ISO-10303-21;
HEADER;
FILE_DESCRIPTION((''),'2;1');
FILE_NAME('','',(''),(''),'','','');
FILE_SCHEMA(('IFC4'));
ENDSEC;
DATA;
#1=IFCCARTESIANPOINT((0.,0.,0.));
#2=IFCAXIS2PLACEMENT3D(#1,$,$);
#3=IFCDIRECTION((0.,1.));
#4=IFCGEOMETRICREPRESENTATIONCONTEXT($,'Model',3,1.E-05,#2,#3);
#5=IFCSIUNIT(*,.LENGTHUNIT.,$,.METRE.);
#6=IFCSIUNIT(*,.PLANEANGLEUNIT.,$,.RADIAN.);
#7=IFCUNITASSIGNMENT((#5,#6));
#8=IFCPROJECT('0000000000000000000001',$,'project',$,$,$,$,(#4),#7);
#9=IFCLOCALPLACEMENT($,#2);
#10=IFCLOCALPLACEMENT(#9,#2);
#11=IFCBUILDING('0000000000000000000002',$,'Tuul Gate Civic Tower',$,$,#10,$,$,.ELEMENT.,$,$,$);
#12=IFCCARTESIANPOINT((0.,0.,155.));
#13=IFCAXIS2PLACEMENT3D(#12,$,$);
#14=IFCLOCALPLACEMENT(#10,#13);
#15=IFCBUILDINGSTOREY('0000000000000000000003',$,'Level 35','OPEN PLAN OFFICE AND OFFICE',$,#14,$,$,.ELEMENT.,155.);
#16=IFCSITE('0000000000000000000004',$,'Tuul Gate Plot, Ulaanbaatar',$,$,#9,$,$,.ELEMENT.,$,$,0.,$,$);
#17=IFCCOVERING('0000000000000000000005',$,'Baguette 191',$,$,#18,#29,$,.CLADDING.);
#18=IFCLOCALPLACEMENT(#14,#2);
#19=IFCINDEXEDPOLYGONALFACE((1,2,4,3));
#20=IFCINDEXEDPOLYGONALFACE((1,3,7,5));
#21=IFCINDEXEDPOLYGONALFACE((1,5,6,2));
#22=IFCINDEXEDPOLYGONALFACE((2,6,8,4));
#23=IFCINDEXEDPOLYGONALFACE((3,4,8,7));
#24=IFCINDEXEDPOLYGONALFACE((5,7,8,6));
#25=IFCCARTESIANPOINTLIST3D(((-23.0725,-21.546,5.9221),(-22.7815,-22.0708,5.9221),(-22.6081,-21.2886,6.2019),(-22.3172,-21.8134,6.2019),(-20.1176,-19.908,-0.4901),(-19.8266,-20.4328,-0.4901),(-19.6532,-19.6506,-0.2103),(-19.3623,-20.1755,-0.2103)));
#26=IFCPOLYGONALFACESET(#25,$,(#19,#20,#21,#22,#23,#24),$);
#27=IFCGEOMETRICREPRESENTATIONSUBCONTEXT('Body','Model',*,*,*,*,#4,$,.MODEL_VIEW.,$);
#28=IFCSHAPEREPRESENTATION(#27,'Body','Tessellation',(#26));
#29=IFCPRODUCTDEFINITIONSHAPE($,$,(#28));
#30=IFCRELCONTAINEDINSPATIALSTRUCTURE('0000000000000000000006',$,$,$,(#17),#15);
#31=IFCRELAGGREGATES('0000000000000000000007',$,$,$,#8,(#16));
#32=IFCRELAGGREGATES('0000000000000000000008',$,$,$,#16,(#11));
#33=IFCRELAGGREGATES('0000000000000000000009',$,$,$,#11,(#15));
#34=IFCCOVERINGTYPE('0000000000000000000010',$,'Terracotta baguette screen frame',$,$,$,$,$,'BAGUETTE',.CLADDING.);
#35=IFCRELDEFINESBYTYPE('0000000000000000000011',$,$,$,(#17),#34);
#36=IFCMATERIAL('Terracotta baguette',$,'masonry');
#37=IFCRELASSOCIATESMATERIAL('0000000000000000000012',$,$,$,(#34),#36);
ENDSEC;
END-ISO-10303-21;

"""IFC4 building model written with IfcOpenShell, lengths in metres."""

from ifc_helpers import new_model, si_unit, direction, frame, origin, origin_2d, place, context, subcontext, project, spatial, rectangle, extrude, material, material_profile, profile_set, type_object, element, save


model = new_model("IFC4")

# Units and contexts
model_context = context("Model", 3, precision=1e-05, world=origin(), true_north=direction((0.0, 1.0)))
body_context = subcontext(model_context, "Body", "Model", "MODEL_VIEW")
ifc_project = project(units=[si_unit("LENGTHUNIT", "METRE"), si_unit("PLANEANGLEUNIT", "RADIAN")], contexts=[model_context])

# Site, building, storey
site_placement = place(None, origin())
site = spatial("IfcSite", under=ifc_project, at=site_placement, Name="Tuul Gate Plot, Ulaanbaatar", CompositionType="ELEMENT", RefElevation=0.0)
building_placement = place(site_placement, origin())
building = spatial("IfcBuilding", under=site, at=building_placement, Name="Tuul Gate Civic Tower", CompositionType="ELEMENT")
storey_placement = place(building_placement, frame((0.0, 0.0, 155.0)))
storey = spatial("IfcBuildingStorey", under=building, at=storey_placement, Name="Level 35", Description="OPEN PLAN OFFICE AND OFFICE", CompositionType="ELEMENT", Elevation=155.0)

# Covering
ifc_material_1 = material(Name="Terracotta baguette", Category="masonry")
ifc_material_profile_1 = material_profile(ifc_material_1, rectangle(XDim=0.6001, YDim=0.6001, at=origin_2d()), Name="Terracotta baguette screen frame")
ifc_profile_set_1 = profile_set([ifc_material_profile_1], Name="Terracotta baguette")
covering_type = type_object("IfcCoveringType", Name="Terracotta baguette screen frame", ElementType="BAGUETTE", PredefinedType="CLADDING", material=ifc_profile_set_1)
covering_placement = place(storey_placement, frame((-22.6948, -21.6797, 6.062), z_axis=(0.407693, 0.225995, -0.884711), x_axis=(-0.484821, 0.874614, 0.0)))
element("IfcCovering", 1, at=covering_placement, inside=storey, type_object=covering_type, Name="Baguette 191", PredefinedType="CLADDING", context=body_context, shape_type="SweptSolid", body=[
    extrude(rectangle(XDim=0.6001, YDim=0.6001, at=origin_2d()), origin(), (0.0, 0.0, 1.0), 7.2478),
])

save(model, "model.ifc")
